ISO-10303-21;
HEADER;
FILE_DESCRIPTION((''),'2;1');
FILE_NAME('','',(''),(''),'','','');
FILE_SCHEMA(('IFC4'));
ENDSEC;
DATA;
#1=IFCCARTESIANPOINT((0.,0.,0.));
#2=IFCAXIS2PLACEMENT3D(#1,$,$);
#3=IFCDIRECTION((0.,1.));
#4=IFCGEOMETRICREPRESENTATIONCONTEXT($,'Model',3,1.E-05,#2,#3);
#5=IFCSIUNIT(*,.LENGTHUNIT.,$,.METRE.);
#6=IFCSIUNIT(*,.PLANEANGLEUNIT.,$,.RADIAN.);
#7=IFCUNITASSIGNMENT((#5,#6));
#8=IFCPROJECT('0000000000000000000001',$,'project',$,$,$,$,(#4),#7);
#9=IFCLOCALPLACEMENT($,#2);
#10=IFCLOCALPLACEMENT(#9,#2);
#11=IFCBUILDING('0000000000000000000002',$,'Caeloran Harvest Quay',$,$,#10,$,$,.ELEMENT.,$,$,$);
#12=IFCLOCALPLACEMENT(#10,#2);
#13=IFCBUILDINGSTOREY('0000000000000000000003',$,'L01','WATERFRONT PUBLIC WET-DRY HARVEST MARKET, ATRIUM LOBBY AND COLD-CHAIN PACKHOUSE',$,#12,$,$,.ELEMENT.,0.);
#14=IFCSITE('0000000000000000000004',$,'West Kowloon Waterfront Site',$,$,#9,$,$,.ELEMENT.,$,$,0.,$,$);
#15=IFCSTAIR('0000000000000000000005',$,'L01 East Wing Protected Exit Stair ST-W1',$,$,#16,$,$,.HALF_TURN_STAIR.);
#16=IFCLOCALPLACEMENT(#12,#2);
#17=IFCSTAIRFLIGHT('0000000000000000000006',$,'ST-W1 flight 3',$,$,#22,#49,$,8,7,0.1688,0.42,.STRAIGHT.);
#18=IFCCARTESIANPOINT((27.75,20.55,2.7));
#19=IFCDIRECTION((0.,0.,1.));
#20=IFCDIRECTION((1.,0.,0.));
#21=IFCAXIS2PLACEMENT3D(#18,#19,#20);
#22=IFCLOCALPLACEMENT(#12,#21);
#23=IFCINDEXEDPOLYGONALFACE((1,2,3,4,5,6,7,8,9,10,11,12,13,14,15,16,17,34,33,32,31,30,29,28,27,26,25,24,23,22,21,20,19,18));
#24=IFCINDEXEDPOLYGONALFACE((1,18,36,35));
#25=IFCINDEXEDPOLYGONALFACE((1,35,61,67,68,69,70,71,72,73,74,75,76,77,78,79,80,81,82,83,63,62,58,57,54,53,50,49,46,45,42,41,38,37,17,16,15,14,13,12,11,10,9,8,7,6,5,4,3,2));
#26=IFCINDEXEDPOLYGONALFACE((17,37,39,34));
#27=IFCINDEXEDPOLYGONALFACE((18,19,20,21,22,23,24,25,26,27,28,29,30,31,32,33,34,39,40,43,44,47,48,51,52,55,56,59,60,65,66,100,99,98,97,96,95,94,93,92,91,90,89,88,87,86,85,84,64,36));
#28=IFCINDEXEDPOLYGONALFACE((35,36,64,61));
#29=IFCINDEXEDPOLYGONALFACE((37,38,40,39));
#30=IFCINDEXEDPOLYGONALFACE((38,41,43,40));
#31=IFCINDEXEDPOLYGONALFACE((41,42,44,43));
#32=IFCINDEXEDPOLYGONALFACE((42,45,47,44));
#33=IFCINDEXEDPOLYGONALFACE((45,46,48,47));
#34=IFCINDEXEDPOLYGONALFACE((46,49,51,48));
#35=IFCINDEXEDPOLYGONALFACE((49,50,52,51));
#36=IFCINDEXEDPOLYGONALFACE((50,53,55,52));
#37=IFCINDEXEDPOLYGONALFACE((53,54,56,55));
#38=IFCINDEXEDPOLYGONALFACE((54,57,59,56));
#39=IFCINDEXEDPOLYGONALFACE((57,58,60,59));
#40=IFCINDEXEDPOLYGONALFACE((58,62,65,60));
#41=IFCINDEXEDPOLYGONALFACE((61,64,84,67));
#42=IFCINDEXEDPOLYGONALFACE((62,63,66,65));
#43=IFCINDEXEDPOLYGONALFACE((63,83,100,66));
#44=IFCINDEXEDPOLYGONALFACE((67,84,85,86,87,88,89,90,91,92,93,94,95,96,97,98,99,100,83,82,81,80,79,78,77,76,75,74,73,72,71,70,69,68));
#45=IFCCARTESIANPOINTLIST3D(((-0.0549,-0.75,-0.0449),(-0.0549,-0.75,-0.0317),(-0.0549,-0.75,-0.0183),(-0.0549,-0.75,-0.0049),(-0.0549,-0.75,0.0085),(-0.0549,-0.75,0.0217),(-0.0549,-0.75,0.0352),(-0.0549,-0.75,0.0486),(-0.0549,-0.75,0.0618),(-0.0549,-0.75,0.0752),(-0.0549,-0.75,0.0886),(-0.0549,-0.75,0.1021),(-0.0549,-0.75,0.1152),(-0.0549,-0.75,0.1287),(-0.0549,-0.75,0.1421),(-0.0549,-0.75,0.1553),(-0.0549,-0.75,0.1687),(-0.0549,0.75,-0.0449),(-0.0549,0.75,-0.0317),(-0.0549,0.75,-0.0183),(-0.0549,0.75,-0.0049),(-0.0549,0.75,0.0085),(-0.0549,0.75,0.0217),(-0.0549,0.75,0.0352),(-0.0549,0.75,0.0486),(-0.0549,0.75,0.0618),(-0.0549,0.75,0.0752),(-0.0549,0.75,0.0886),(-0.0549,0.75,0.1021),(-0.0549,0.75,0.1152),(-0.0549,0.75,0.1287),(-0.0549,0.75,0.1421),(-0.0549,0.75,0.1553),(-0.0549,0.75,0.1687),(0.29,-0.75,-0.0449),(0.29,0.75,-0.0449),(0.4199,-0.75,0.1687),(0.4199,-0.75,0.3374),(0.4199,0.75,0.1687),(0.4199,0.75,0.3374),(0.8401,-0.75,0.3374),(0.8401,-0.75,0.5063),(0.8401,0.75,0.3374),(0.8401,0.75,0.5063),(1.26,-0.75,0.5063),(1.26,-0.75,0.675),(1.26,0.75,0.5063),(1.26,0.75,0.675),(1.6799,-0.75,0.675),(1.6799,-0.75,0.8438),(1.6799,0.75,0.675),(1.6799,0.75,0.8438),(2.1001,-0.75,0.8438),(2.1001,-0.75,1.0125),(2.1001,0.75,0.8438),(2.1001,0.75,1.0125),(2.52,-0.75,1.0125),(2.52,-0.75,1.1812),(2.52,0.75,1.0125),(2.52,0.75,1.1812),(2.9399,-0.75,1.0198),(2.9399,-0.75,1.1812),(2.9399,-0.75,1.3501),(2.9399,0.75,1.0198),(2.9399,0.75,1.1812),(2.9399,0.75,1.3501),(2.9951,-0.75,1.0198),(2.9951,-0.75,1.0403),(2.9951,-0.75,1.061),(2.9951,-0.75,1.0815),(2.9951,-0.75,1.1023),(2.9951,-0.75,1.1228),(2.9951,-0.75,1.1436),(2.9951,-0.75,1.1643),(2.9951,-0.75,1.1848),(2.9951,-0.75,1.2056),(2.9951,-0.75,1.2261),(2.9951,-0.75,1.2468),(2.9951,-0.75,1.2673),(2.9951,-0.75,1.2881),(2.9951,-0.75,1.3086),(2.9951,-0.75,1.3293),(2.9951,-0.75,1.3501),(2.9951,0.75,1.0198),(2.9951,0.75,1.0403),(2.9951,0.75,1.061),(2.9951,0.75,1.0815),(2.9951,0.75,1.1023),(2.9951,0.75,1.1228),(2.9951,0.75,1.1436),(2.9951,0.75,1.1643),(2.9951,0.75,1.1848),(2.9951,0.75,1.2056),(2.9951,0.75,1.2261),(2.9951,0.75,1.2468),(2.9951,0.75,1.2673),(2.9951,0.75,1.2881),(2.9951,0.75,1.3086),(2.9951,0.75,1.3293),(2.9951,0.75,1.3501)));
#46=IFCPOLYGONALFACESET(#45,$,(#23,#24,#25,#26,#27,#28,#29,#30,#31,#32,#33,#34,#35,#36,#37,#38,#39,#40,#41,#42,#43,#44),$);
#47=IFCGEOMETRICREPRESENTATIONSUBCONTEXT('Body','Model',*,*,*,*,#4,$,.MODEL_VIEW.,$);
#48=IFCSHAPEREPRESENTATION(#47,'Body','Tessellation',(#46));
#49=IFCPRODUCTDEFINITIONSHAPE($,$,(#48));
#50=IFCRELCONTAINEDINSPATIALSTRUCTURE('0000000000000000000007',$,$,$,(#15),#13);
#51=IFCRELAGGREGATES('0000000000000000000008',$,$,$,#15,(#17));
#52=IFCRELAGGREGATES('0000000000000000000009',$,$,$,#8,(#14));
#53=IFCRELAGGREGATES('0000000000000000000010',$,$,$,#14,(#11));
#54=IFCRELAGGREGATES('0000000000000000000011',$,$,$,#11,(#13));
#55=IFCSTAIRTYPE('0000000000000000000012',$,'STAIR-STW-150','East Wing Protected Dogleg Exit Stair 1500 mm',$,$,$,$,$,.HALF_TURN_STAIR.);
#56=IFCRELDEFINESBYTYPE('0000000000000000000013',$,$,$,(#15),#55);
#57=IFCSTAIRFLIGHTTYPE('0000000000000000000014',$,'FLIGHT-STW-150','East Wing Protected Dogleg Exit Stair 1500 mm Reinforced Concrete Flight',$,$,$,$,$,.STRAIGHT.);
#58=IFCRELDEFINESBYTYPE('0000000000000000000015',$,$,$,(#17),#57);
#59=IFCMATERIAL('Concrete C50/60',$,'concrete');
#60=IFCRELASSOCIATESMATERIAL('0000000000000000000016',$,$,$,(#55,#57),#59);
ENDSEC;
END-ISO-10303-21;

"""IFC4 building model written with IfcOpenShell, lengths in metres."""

from ifc_helpers import new_model, si_unit, direction, frame, origin, place, context, subcontext, project, spatial, polyline, outline, extrude, material, type_object, element, aggregate, save


model = new_model("IFC4")

# Units and contexts
model_context = context("Model", 3, precision=1e-05, world=origin(), true_north=direction((0.0, 1.0)))
body_context = subcontext(model_context, "Body", "Model", "MODEL_VIEW")
ifc_project = project(units=[si_unit("LENGTHUNIT", "METRE"), si_unit("PLANEANGLEUNIT", "RADIAN")], contexts=[model_context])

# Site, building, storey
site_placement = place(None, origin())
site = spatial("IfcSite", under=ifc_project, at=site_placement, Name="West Kowloon Waterfront Site", CompositionType="ELEMENT", RefElevation=0.0)
building_placement = place(site_placement, origin())
building = spatial("IfcBuilding", under=site, at=building_placement, Name="Caeloran Harvest Quay", CompositionType="ELEMENT")
storey_placement = place(building_placement, origin())
storey = spatial("IfcBuildingStorey", under=building, at=storey_placement, Name="L01", Description="WATERFRONT PUBLIC WET-DRY HARVEST MARKET, ATRIUM LOBBY AND COLD-CHAIN PACKHOUSE", CompositionType="ELEMENT", Elevation=0.0)

# Stair, stair flight
ifc_material_1 = material(Name="Concrete C50/60", Category="concrete")
stair_type = type_object("IfcStairType", Name="STAIR-STW-150", Description="East Wing Protected Dogleg Exit Stair 1500 mm", PredefinedType="HALF_TURN_STAIR", material=ifc_material_1)
stair_placement = place(storey_placement, origin())
stair = element("IfcStair", 1, at=stair_placement, inside=storey, type_object=stair_type, Name="L01 East Wing Protected Exit Stair ST-W1", PredefinedType="HALF_TURN_STAIR")
stair_flight_type = type_object("IfcStairFlightType", Name="FLIGHT-STW-150", Description="East Wing Protected Dogleg Exit Stair 1500 mm Reinforced Concrete Flight", PredefinedType="STRAIGHT", material=ifc_material_1)
stair_flight_1_placement = place(storey_placement, frame((27.75, 20.55, 2.7), z_axis=(0.0, 0.0, 1.0), x_axis=(1.0, 0.0, 0.0)))
stair_flight_1 = element("IfcStairFlight", 2, at=stair_flight_1_placement, type_object=stair_flight_type, Name="ST-W1 flight 3", NumberOfRisers=8, NumberOfTreads=7, PredefinedType="STRAIGHT", RiserHeight=0.1688, TreadLength=0.42, context=body_context, shape_type="SweptSolid", body=[
    extrude(outline(polyline([(-0.0549, -0.0449), (-0.0549, -0.0317), (-0.0549, -0.0183), (-0.0549, -0.0049), (-0.0549, 0.0085), (-0.0549, 0.0217), (-0.0549, 0.0352), (-0.0549, 0.0486), (-0.0549, 0.0618), (-0.0549, 0.0752), (-0.0549, 0.0886), (-0.0549, 0.1021), (-0.0549, 0.1152), (-0.0549, 0.1287), (-0.0549, 0.1421), (-0.0549, 0.1553), (-0.0549, 0.1687), (0.4199, 0.1687), (0.4199, 0.3374), (0.8401, 0.3374), (0.8401, 0.5063), (1.26, 0.5063), (1.26, 0.675), (1.6799, 0.675), (1.6799, 0.8438), (2.1001, 0.8438), (2.1001, 1.0125), (2.52, 1.0125), (2.52, 1.1812), (2.9399, 1.1812), (2.9399, 1.3501), (2.9951, 1.3501), (2.9951, 1.3293), (2.9951, 1.3086), (2.9951, 1.2881), (2.9951, 1.2673), (2.9951, 1.2468), (2.9951, 1.2261), (2.9951, 1.2056), (2.9951, 1.1848), (2.9951, 1.1643), (2.9951, 1.1436), (2.9951, 1.1228), (2.9951, 1.1023), (2.9951, 1.0815), (2.9951, 1.061), (2.9951, 1.0403), (2.9951, 1.0198), (2.9399, 1.0198), (0.29, -0.0449), (-0.0549, -0.0449)])), frame((0.0, 0.75, 0.0), z_axis=(0.0, -1.0, 0.0), x_axis=(1.0, 0.0, 0.0)), (0.0, 0.0, 1.0), 1.5),
])
aggregate(stair, [stair_flight_1])

save(model, "model.ifc")
